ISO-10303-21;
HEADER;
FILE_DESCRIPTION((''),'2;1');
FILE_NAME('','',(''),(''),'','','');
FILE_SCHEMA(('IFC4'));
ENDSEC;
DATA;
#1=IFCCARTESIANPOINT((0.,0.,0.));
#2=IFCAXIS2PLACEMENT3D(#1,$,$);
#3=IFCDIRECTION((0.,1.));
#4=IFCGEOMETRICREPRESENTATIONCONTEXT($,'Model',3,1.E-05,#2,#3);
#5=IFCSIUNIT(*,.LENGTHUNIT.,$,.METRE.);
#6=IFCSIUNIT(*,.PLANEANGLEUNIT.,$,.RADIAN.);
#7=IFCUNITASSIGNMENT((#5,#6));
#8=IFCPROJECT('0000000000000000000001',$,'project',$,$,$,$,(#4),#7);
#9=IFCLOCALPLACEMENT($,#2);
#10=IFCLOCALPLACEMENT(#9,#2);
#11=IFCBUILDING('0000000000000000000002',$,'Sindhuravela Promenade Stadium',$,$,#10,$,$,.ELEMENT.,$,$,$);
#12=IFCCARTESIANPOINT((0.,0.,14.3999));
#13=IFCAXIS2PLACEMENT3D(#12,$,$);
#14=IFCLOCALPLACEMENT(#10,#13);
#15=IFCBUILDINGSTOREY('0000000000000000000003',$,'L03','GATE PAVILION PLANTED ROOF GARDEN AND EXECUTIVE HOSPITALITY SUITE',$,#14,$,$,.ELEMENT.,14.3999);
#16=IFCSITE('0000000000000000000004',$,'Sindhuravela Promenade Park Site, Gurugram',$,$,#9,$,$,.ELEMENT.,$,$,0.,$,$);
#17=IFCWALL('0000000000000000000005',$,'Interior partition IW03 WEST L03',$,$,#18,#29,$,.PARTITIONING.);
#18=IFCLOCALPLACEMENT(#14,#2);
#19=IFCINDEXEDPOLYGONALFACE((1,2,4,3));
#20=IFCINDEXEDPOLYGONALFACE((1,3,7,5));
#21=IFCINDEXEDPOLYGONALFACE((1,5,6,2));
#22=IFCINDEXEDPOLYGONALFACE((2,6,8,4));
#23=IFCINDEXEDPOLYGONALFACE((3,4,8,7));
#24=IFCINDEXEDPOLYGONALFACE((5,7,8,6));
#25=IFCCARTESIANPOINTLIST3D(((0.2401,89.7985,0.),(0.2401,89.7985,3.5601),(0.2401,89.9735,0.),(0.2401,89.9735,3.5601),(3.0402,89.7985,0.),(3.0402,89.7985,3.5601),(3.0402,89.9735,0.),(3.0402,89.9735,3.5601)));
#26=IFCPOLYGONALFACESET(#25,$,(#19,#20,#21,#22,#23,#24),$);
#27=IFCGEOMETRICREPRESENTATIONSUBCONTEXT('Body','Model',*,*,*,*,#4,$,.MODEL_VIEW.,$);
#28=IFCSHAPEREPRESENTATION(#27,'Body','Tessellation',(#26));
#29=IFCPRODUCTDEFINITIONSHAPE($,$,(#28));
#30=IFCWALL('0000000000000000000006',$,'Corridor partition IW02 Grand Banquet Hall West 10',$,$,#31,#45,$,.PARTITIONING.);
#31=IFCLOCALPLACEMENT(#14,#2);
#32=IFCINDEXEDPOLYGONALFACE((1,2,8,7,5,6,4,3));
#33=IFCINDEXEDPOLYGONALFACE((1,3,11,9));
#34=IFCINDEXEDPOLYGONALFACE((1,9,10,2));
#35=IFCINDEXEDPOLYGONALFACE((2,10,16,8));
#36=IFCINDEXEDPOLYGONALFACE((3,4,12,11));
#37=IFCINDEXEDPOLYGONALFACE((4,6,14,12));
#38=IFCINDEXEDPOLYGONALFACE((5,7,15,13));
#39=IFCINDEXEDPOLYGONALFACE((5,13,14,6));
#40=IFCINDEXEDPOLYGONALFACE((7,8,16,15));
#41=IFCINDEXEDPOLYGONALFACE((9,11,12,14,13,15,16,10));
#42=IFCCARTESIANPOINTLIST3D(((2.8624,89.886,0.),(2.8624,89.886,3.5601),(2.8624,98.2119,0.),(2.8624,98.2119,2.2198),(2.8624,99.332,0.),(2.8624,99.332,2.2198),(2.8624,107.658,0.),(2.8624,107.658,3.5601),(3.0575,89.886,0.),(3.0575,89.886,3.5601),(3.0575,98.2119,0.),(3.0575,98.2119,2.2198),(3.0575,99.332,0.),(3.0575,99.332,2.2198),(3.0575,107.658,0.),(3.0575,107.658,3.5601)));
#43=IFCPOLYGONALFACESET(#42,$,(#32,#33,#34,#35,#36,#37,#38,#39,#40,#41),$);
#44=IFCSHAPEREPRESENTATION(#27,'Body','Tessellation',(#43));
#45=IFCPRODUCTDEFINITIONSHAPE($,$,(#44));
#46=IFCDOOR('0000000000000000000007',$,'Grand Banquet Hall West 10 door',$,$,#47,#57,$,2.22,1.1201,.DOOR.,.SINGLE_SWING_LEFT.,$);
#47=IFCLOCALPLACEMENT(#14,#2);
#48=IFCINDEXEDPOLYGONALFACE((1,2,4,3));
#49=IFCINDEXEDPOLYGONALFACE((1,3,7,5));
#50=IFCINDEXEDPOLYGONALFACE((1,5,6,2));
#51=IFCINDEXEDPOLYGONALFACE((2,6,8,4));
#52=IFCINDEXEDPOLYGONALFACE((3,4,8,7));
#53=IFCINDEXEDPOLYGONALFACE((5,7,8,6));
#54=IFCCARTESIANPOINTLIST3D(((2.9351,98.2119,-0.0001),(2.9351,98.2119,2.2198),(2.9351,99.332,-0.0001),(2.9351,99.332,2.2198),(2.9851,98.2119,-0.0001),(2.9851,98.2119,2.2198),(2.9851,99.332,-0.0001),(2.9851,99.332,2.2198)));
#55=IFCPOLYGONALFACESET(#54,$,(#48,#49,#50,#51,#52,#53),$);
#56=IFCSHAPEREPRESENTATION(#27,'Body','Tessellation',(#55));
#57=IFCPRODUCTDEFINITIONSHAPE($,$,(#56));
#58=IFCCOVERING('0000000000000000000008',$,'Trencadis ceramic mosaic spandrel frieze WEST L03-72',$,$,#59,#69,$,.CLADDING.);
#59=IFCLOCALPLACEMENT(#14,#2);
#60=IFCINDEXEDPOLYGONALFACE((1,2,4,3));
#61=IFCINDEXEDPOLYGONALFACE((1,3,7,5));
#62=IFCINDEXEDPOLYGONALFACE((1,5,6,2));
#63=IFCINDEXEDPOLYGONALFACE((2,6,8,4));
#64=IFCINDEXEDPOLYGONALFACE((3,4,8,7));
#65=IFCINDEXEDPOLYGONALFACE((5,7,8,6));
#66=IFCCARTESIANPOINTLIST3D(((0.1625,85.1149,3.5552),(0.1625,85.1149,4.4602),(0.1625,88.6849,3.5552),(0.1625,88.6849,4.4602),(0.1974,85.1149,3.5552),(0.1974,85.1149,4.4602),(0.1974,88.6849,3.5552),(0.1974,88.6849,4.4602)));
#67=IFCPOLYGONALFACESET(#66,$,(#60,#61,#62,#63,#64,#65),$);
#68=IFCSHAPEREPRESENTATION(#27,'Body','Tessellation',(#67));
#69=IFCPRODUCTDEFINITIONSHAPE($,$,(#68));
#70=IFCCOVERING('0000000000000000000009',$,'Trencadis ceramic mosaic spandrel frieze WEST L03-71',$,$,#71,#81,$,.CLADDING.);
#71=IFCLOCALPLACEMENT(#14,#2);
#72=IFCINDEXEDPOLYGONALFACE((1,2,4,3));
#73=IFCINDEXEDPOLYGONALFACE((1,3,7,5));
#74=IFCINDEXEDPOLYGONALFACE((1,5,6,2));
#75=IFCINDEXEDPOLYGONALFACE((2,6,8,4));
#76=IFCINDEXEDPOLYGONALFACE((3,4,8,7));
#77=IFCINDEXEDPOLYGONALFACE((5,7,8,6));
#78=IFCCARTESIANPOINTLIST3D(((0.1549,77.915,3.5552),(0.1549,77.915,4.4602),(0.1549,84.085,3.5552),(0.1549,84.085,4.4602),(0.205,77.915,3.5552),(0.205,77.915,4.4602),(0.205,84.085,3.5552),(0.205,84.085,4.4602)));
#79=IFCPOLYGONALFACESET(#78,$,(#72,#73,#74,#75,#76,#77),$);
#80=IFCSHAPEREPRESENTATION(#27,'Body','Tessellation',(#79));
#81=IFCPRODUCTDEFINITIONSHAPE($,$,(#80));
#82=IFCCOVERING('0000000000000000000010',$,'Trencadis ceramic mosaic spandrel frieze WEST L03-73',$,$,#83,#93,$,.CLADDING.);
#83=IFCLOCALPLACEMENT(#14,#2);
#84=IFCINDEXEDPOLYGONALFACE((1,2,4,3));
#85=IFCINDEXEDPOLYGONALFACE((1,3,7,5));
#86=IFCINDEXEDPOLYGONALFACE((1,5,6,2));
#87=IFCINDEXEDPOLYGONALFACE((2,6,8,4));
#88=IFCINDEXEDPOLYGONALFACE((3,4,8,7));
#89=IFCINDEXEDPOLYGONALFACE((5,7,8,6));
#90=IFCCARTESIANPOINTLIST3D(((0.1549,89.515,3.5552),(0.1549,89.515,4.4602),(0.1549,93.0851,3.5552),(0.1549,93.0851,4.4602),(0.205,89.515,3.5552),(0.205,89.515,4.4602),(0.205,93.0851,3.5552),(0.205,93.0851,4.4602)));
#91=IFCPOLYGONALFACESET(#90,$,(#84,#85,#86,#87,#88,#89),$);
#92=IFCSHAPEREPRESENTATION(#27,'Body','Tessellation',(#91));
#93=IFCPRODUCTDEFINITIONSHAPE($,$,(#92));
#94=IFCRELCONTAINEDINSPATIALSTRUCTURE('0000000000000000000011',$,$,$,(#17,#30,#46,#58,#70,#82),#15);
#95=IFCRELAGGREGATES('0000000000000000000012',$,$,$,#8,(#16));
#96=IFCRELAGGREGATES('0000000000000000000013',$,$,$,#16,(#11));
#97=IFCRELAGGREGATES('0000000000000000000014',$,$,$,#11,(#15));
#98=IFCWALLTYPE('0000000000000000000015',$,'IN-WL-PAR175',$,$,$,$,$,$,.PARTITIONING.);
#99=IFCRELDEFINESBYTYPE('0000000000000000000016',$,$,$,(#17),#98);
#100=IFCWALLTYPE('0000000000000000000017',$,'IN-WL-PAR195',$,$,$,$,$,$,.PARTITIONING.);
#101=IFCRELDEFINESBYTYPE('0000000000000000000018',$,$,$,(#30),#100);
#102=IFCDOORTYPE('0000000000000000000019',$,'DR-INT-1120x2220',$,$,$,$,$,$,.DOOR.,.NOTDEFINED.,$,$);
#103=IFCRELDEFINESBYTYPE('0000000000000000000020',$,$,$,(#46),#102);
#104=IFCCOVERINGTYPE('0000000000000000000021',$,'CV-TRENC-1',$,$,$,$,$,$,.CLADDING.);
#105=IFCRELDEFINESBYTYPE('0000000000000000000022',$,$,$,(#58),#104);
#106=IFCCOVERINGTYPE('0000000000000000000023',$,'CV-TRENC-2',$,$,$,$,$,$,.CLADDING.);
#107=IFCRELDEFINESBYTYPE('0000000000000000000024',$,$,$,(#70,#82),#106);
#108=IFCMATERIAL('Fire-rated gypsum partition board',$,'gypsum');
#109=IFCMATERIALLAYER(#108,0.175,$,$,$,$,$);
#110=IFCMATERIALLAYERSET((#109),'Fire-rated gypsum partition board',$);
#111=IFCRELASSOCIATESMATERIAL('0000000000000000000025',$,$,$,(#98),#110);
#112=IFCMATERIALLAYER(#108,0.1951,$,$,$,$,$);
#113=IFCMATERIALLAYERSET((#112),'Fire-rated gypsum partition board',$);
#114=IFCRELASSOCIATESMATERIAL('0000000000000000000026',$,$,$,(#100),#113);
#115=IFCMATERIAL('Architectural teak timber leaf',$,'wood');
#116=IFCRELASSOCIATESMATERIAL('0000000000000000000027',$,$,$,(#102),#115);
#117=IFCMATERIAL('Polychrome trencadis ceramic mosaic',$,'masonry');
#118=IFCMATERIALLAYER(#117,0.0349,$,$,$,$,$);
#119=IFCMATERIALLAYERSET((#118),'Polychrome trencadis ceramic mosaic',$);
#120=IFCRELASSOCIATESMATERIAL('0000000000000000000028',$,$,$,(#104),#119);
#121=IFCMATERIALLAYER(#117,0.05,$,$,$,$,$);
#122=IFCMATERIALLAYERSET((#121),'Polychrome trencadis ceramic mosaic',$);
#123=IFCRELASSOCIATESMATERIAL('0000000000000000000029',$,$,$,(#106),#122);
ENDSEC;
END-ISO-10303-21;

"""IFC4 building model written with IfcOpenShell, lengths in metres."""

from ifc_helpers import new_model, si_unit, direction, frame, frame_2d, origin, origin_2d, place, context, subcontext, project, spatial, rectangle, extrude, material, layer, layer_set, type_object, element, fill, save


model = new_model("IFC4")

# Units and contexts
model_context = context("Model", 3, precision=1e-05, world=origin(), true_north=direction((0.0, 1.0)))
body_context = subcontext(model_context, "Body", "Model", "MODEL_VIEW")
ifc_project = project(units=[si_unit("LENGTHUNIT", "METRE"), si_unit("PLANEANGLEUNIT", "RADIAN")], contexts=[model_context])

# Site, building, storey
site_placement = place(None, origin())
site = spatial("IfcSite", under=ifc_project, at=site_placement, Name="Sindhuravela Promenade Park Site, Gurugram", CompositionType="ELEMENT", RefElevation=0.0)
building_placement = place(site_placement, origin())
building = spatial("IfcBuilding", under=site, at=building_placement, Name="Sindhuravela Promenade Stadium", CompositionType="ELEMENT")
storey_placement = place(building_placement, frame((0.0, 0.0, 14.3999)))
storey = spatial("IfcBuildingStorey", under=building, at=storey_placement, Name="L03", Description="GATE PAVILION PLANTED ROOF GARDEN AND EXECUTIVE HOSPITALITY SUITE", CompositionType="ELEMENT", Elevation=14.3999)

# Wall
ifc_material_1 = material(Name="Fire-rated gypsum partition board", Category="gypsum")
ifc_layer_1 = layer(ifc_material_1, 0.175)
ifc_layer_set_1 = layer_set([ifc_layer_1], Name="Fire-rated gypsum partition board")
wall_type_1 = type_object("IfcWallType", Name="IN-WL-PAR175", PredefinedType="PARTITIONING", material=ifc_layer_set_1)
wall_1_placement = place(storey_placement, frame((3.04, 89.886, 0.0), z_axis=(0.0, 0.0, 1.0), x_axis=(-1.0, 0.0, 0.0)))
element("IfcWall", 1, at=wall_1_placement, inside=storey, type_object=wall_type_1, Name="Interior partition IW03 WEST L03", PredefinedType="PARTITIONING", context=body_context, shape_type="SweptSolid", body=[
    extrude(rectangle(XDim=2.8, YDim=0.175, at=frame_2d((1.3999, 0.0))), origin(), (0.0, 0.0, 1.0), 3.5601),
])

# Wall, opening, door
ifc_layer_2 = layer(ifc_material_1, 0.1951)
ifc_layer_set_2 = layer_set([ifc_layer_2], Name="Fire-rated gypsum partition board")
wall_type_2 = type_object("IfcWallType", Name="IN-WL-PAR195", PredefinedType="PARTITIONING", material=ifc_layer_set_2)
wall_2_placement = place(storey_placement, frame((2.96, 89.886, 0.0), z_axis=(0.0, 0.0, 1.0), x_axis=(0.0, 1.0, 0.0)))
wall_2 = element("IfcWall", 2, at=wall_2_placement, inside=storey, type_object=wall_type_2, Name="Corridor partition IW02 Grand Banquet Hall West 10", PredefinedType="PARTITIONING", context=body_context, shape_type="SweptSolid", body=[
    extrude(rectangle(XDim=17.772, YDim=0.1951, at=frame_2d((8.886, 0.0))), origin(), (0.0, 0.0, 1.0), 3.5601),
])
opening_placement = place(wall_2_placement, frame((8.3259, 0.0, 0.0)))
opening = element("IfcOpeningElement", 3, at=opening_placement, cuts=wall_2, PredefinedType="OPENING", context=body_context, shape_type="SweptSolid", body=[
    extrude(rectangle(XDim=1.1201, YDim=2.22, at=frame_2d((0.5601, 1.1099))), frame((0.0, 0.1074, 0.0), z_axis=(0.0, -1.0, 0.0), x_axis=(1.0, 0.0, 0.0)), (0.0, 0.0, 1.0), 0.2151),
])
ifc_material_2 = material(Name="Architectural teak timber leaf", Category="wood")
door_type = type_object("IfcDoorType", Name="DR-INT-1120x2220", OperationType="NOTDEFINED", PredefinedType="DOOR", material=ifc_material_2)
door_placement = place(opening_placement, origin())
door = element("IfcDoor", 4, at=door_placement, inside=storey, type_object=door_type, Name="Grand Banquet Hall West 10 door", OperationType="SINGLE_SWING_LEFT", OverallHeight=2.22, OverallWidth=1.1201, PredefinedType="DOOR", context=body_context, shape_type="SweptSolid", body=[
    extrude(rectangle(XDim=1.1201, YDim=2.22, at=frame_2d((0.5601, 1.1099))), frame((0.0, 0.0249, 0.0), z_axis=(0.0, -1.0, 0.0), x_axis=(1.0, 0.0, 0.0)), (0.0, 0.0, 1.0), 0.05),
])
fill(opening, door)

# Coverings
ifc_material_3 = material(Name="Polychrome trencadis ceramic mosaic", Category="masonry")
ifc_layer_3 = layer(ifc_material_3, 0.0349)
ifc_layer_set_3 = layer_set([ifc_layer_3], Name="Polychrome trencadis ceramic mosaic")
covering_type_1 = type_object("IfcCoveringType", Name="CV-TRENC-1", PredefinedType="CLADDING", material=ifc_layer_set_3)
covering_1_placement = place(storey_placement, frame((0.1799, 86.8999, 3.5552), z_axis=(0.0, 0.0, 1.0), x_axis=(0.0, 1.0, 0.0)))
element("IfcCovering", 5, at=covering_1_placement, inside=storey, type_object=covering_type_1, Name="Trencadis ceramic mosaic spandrel frieze WEST L03-72", PredefinedType="CLADDING", context=body_context, shape_type="SweptSolid", body=[
    extrude(rectangle(XDim=3.5701, YDim=0.0349, at=origin_2d()), origin(), (0.0, 0.0, 1.0), 0.905),
])
ifc_layer_4 = layer(ifc_material_3, 0.05)
ifc_layer_set_4 = layer_set([ifc_layer_4], Name="Polychrome trencadis ceramic mosaic")
covering_type_2 = type_object("IfcCoveringType", Name="CV-TRENC-2", PredefinedType="CLADDING", material=ifc_layer_set_4)
covering_2_placement = place(storey_placement, frame((0.1799, 81.0, 3.5552), z_axis=(0.0, 0.0, 1.0), x_axis=(0.0, 1.0, 0.0)))
element("IfcCovering", 6, at=covering_2_placement, inside=storey, type_object=covering_type_2, Name="Trencadis ceramic mosaic spandrel frieze WEST L03-71", PredefinedType="CLADDING", context=body_context, shape_type="SweptSolid", body=[
    extrude(rectangle(XDim=6.1699, YDim=0.05, at=origin_2d()), origin(), (0.0, 0.0, 1.0), 0.905),
])
covering_3_placement = place(storey_placement, frame((0.1799, 91.3, 3.5552), z_axis=(0.0, 0.0, 1.0), x_axis=(0.0, 1.0, 0.0)))
element("IfcCovering", 7, at=covering_3_placement, inside=storey, type_object=covering_type_2, Name="Trencadis ceramic mosaic spandrel frieze WEST L03-73", PredefinedType="CLADDING", context=body_context, shape_type="SweptSolid", body=[
    extrude(rectangle(XDim=3.5701, YDim=0.05, at=origin_2d()), origin(), (0.0, 0.0, 1.0), 0.905),
])

save(model, "model.ifc")
